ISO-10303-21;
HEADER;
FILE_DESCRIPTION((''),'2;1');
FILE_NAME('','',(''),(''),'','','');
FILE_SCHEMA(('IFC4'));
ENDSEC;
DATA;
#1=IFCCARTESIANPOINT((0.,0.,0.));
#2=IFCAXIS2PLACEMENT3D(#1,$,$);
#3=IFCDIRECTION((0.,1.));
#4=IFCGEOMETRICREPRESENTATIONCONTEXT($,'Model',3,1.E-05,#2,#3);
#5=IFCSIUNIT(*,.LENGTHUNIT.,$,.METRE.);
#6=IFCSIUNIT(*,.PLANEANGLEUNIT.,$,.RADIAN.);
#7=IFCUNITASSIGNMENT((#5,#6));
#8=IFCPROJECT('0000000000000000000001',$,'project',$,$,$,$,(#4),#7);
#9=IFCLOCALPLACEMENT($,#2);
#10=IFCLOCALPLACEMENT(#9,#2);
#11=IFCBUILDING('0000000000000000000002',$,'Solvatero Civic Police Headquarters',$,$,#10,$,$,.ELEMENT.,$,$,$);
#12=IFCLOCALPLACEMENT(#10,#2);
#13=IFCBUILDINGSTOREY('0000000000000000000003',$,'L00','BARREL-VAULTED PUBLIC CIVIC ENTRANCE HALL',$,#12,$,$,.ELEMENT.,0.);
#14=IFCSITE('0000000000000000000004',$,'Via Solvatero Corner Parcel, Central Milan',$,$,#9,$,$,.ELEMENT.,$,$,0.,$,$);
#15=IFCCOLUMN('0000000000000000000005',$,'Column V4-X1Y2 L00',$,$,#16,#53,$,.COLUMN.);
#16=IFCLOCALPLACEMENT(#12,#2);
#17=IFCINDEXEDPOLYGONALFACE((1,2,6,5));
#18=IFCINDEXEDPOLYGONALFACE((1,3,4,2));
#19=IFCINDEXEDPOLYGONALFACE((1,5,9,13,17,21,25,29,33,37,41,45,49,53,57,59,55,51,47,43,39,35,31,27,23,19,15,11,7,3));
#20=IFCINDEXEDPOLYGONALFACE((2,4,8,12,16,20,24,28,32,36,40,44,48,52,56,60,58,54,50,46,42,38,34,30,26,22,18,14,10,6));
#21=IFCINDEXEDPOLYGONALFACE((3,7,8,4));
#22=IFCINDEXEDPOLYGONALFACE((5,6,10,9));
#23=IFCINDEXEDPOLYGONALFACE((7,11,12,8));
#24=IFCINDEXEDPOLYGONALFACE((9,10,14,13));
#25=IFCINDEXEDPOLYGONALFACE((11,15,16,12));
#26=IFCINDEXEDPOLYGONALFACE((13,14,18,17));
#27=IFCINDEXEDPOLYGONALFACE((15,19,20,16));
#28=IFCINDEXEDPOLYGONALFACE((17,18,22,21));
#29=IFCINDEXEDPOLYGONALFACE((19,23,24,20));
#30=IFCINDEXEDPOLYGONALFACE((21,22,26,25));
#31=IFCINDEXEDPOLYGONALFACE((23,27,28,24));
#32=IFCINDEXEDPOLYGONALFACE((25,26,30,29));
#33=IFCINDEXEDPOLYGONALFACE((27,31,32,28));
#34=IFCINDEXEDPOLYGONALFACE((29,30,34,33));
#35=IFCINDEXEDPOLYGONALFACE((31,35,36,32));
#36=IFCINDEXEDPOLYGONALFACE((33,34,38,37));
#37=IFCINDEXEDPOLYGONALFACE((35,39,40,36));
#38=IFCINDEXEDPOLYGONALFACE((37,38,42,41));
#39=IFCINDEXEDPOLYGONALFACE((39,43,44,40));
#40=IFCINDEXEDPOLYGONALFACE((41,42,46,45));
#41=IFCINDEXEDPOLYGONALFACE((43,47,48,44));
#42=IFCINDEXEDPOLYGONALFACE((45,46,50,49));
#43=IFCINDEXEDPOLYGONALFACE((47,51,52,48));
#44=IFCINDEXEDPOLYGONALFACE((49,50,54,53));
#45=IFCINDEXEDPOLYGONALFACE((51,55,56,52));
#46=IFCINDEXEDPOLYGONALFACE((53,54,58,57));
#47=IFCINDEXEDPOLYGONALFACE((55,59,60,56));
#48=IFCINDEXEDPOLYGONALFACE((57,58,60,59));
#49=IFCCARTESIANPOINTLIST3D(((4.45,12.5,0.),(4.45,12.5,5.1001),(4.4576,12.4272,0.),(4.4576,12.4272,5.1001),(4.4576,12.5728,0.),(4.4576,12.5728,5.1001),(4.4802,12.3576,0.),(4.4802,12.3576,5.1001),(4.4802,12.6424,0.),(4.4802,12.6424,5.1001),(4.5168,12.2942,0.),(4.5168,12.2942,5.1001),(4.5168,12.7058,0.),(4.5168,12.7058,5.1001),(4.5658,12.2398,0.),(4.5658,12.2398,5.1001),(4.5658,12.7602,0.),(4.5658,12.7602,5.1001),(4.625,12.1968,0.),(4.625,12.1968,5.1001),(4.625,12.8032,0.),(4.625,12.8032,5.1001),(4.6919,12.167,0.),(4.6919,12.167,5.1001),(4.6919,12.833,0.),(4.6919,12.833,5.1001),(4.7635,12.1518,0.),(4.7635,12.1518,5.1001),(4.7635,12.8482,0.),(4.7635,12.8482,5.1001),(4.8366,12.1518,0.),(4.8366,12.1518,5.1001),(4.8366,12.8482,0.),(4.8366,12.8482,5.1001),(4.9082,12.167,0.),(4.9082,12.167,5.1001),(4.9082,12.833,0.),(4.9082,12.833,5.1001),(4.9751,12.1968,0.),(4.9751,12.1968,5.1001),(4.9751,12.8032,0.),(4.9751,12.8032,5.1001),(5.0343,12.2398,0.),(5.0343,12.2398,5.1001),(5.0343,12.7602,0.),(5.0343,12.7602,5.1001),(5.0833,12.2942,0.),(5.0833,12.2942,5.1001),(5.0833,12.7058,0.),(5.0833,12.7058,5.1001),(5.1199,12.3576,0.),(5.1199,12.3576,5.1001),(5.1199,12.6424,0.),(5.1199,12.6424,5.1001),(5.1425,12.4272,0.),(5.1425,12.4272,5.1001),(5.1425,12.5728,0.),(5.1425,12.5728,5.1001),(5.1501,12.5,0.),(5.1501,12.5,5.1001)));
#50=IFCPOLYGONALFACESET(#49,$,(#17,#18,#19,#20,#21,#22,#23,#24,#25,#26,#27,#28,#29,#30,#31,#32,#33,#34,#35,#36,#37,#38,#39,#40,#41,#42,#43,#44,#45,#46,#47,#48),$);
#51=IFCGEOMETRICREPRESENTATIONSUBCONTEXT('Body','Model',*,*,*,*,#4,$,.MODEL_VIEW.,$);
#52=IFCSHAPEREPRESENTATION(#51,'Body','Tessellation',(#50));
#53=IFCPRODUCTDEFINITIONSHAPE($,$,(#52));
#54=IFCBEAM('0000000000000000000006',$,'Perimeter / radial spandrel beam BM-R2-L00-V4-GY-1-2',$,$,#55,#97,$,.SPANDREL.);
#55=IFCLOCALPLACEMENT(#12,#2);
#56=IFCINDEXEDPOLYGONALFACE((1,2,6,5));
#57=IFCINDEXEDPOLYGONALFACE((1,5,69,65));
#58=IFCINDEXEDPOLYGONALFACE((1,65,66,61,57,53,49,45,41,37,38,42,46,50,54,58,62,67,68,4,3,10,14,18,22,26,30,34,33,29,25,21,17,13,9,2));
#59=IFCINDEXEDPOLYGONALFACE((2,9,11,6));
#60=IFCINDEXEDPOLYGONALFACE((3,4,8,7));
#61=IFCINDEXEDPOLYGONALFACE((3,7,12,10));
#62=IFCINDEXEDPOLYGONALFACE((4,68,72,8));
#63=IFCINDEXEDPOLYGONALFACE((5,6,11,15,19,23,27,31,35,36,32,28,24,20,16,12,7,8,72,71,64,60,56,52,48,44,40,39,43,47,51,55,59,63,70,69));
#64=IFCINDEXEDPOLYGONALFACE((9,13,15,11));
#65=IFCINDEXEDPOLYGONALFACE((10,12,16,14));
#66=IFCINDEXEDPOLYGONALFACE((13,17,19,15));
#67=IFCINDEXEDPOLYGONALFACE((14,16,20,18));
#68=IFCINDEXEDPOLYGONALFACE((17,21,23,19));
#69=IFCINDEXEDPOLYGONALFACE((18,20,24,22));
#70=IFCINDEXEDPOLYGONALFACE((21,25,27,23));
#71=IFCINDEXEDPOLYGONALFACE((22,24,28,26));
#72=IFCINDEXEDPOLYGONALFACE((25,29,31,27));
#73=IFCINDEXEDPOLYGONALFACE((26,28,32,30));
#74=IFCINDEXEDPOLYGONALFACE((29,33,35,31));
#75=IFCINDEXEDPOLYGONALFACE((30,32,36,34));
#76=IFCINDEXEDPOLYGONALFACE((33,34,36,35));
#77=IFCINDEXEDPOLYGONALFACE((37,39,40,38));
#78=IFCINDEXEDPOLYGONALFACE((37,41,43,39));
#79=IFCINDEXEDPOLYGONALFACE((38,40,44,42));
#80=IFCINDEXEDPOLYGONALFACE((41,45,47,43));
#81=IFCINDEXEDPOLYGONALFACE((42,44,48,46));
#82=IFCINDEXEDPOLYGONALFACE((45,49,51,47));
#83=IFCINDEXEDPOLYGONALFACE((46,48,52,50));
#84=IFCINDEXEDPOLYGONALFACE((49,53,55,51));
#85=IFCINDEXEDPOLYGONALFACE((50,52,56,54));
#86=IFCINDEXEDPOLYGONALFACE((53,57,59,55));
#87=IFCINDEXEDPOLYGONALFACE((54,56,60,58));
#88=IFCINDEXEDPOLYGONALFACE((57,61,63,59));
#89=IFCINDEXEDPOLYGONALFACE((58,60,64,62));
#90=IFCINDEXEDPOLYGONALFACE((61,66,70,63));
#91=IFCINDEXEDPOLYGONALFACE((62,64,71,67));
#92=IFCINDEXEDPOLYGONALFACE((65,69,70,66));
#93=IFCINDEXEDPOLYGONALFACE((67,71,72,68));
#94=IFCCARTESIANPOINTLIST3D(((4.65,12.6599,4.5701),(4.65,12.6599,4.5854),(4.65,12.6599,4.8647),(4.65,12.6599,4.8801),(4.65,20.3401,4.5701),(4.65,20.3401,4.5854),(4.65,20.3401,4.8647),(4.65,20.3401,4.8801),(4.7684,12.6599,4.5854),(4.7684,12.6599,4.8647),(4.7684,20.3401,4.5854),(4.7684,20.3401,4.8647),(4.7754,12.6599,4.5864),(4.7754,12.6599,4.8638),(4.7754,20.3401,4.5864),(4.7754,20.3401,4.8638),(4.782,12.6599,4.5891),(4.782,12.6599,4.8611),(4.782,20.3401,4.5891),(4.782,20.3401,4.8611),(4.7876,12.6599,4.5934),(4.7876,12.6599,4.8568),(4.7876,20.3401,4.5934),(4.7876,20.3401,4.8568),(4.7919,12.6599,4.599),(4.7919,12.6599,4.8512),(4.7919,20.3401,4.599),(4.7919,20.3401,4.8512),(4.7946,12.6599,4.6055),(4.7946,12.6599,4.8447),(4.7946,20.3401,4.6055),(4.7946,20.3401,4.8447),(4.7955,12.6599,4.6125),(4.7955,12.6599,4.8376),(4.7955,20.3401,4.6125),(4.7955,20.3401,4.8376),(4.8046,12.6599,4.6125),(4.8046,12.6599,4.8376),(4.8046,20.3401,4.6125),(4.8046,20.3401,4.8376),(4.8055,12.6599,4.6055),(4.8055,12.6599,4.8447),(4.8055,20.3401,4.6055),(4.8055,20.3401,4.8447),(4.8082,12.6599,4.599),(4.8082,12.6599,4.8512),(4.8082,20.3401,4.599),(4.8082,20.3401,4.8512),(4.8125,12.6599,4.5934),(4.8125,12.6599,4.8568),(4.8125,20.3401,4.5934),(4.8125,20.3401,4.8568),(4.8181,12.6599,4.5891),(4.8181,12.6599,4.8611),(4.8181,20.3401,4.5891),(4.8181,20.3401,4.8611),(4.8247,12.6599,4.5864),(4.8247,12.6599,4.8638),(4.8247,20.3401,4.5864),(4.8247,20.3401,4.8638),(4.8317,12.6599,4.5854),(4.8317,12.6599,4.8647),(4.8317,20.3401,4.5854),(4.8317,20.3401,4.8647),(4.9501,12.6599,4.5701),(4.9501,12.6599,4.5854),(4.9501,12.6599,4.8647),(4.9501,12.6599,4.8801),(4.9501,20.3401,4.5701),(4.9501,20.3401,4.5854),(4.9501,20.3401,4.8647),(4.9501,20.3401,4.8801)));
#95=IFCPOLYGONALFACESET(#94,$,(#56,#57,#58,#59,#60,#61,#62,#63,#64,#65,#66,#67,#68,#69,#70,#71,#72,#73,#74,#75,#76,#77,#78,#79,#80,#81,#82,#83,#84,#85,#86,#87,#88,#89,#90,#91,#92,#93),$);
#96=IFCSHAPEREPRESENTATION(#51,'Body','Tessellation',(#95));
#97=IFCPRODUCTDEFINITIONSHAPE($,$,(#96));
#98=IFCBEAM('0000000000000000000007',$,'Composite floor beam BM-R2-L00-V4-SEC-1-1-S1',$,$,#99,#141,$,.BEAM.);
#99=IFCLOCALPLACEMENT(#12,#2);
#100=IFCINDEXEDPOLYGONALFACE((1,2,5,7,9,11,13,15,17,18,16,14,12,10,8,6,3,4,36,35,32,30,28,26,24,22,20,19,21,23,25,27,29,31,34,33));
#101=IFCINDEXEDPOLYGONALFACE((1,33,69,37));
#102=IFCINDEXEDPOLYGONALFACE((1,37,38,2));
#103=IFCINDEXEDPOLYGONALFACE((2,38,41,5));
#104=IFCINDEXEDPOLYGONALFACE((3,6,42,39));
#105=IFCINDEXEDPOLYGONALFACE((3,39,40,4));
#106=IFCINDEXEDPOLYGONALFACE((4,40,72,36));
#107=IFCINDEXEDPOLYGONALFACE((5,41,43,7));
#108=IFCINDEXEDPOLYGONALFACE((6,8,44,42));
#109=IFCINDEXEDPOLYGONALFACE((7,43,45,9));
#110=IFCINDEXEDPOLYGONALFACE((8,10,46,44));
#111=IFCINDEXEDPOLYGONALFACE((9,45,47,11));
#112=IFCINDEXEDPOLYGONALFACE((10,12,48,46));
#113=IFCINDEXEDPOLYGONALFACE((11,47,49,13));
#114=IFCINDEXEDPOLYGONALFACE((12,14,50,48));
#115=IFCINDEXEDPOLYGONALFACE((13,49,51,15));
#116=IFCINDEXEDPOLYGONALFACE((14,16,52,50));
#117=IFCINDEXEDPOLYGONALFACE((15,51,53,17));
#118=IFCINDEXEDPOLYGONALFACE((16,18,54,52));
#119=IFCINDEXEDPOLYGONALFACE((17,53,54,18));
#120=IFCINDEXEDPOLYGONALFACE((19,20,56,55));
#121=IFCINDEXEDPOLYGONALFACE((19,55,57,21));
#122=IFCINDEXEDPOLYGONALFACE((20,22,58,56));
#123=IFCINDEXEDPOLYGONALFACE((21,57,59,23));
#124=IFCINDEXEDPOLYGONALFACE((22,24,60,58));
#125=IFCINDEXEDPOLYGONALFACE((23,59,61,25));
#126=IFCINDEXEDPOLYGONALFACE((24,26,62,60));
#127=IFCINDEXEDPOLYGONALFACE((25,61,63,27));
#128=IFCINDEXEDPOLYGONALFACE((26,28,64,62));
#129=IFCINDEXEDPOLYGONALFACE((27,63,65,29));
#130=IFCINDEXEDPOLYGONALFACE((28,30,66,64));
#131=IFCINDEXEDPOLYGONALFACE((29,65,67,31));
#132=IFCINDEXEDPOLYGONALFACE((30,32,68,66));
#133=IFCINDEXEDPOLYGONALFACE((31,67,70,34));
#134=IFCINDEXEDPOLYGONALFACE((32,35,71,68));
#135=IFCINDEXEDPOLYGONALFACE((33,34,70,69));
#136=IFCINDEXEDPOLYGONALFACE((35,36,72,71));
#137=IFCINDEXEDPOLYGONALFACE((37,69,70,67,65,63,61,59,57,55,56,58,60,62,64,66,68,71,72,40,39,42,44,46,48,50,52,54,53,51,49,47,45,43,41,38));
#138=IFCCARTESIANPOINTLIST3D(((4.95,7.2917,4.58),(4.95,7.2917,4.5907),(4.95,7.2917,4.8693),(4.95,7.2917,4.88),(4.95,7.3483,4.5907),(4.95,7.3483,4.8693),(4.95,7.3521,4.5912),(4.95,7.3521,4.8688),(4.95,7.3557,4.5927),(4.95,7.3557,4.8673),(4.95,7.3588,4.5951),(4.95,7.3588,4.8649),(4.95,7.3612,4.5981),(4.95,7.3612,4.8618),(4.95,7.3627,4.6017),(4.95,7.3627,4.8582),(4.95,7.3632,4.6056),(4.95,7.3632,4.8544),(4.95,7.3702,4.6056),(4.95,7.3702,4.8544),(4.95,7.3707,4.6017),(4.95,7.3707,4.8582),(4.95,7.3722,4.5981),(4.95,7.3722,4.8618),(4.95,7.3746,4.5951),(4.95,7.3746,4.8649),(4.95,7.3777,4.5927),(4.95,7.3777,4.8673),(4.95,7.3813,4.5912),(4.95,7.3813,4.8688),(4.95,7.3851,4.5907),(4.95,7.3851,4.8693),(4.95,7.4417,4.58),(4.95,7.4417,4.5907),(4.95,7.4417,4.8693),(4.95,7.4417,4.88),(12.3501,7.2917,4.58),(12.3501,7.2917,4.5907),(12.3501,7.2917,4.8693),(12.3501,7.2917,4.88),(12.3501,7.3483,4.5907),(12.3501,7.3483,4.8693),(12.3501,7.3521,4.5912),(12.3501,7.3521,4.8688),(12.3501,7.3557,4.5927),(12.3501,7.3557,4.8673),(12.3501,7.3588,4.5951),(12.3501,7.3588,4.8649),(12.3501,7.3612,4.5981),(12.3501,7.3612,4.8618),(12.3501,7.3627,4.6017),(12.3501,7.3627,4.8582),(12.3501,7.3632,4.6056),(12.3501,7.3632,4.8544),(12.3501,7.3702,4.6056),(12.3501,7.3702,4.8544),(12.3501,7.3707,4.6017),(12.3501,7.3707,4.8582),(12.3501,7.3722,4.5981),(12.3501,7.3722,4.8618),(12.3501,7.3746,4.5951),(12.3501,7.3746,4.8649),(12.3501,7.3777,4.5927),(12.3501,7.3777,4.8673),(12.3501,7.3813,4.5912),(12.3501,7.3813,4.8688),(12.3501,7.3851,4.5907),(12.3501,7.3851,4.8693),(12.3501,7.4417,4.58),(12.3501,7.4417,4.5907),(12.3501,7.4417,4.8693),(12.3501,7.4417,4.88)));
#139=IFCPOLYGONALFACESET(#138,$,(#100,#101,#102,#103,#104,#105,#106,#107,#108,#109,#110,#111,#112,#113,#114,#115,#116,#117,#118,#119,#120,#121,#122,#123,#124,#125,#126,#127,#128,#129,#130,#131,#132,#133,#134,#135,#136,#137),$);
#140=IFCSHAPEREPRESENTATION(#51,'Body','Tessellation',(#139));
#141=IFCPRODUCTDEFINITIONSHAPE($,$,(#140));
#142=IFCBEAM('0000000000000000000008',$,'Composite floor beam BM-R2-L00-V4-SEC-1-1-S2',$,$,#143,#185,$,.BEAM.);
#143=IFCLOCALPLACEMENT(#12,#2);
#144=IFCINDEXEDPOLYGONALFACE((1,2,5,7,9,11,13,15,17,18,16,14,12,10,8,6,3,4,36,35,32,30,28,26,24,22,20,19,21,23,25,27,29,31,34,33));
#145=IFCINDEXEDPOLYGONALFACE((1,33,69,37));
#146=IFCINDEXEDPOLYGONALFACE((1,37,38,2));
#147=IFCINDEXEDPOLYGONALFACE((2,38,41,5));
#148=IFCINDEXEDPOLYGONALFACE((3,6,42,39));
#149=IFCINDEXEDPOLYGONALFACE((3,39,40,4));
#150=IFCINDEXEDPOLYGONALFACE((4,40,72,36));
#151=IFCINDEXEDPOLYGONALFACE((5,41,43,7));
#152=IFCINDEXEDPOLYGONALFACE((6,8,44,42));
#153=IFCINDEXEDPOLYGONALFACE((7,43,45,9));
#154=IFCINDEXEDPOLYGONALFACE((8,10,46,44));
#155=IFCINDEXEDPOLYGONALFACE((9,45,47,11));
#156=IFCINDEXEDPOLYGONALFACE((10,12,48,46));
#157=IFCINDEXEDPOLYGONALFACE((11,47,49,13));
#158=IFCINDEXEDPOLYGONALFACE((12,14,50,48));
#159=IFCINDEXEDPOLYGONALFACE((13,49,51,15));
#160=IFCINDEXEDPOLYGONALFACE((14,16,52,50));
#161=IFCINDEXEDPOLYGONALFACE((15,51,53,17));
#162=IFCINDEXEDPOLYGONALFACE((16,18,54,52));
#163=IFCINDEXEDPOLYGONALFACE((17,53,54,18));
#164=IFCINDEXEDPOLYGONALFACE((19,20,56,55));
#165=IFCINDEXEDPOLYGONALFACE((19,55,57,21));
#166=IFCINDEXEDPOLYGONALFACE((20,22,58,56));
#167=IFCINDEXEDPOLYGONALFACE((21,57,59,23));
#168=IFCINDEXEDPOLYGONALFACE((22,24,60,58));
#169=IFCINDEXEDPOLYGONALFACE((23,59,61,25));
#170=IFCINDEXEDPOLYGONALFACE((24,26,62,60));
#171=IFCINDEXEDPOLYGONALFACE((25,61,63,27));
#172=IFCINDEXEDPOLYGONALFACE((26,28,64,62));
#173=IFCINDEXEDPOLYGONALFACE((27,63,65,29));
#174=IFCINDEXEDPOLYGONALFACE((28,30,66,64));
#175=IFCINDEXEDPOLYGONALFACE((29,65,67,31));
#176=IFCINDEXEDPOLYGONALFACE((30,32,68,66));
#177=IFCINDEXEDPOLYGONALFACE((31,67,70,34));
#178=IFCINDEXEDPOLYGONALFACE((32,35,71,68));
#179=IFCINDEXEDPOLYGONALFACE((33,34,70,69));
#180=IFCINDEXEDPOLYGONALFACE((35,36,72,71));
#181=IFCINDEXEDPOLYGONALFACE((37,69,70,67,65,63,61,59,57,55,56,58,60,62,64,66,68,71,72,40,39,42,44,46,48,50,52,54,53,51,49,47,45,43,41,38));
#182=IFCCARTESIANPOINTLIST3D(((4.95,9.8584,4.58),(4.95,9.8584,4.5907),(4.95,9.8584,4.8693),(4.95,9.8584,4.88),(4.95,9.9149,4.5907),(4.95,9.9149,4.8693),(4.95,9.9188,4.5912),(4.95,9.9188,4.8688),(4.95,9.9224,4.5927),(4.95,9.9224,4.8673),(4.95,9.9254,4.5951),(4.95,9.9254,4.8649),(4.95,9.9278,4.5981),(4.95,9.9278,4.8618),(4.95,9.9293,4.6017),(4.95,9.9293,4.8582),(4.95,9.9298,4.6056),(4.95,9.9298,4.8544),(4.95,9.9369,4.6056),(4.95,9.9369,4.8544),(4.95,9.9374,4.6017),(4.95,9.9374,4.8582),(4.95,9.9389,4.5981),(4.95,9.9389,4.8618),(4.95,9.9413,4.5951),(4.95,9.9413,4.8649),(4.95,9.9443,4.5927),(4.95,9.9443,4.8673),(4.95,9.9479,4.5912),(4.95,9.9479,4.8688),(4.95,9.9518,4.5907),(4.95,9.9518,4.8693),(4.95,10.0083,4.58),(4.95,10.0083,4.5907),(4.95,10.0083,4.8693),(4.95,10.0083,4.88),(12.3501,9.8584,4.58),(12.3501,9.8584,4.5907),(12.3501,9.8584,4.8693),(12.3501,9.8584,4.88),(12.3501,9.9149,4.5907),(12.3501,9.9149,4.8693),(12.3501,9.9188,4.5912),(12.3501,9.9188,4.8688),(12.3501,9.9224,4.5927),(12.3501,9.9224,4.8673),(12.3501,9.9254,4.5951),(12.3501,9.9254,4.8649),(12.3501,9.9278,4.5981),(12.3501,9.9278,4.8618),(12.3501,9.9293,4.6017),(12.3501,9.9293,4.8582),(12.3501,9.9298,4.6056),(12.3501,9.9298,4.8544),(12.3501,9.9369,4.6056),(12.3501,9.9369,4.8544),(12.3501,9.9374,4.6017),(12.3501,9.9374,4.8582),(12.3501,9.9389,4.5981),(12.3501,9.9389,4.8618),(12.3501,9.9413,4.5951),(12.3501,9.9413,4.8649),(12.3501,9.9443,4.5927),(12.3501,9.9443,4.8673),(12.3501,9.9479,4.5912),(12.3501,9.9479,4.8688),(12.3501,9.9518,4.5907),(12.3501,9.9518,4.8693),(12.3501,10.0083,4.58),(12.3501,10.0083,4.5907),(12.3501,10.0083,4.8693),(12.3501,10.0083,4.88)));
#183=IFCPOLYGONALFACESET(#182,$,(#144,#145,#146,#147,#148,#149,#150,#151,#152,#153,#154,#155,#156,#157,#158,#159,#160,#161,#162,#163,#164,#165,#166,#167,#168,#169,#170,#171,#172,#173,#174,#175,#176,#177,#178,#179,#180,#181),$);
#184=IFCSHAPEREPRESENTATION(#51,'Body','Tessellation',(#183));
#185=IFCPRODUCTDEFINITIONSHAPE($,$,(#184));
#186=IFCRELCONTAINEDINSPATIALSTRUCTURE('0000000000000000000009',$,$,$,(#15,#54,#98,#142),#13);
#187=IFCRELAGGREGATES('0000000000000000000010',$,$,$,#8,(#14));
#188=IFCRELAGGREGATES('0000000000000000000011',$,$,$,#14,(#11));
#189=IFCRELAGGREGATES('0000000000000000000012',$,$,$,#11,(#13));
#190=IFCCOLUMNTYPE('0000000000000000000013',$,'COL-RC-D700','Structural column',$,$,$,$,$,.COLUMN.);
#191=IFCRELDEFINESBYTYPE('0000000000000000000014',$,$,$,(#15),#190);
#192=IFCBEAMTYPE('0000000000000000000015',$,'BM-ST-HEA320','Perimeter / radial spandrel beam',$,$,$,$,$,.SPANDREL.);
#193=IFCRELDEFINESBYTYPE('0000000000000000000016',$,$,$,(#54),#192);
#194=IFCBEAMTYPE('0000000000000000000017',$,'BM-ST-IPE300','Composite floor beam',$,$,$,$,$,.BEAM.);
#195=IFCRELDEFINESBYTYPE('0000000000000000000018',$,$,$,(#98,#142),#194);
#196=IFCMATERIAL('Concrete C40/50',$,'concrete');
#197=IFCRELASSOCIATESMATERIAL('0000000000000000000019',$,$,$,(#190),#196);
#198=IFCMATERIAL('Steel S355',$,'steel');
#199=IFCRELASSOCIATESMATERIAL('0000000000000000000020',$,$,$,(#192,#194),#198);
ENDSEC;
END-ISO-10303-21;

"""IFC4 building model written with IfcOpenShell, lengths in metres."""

from ifc_helpers import new_model, si_unit, direction, frame, origin, origin_2d, place, context, subcontext, project, spatial, circle, i_section, extrude, material, material_profile, profile_set, type_object, element, save


model = new_model("IFC4")

# Units and contexts
model_context = context("Model", 3, precision=1e-05, world=origin(), true_north=direction((0.0, 1.0)))
body_context = subcontext(model_context, "Body", "Model", "MODEL_VIEW")
ifc_project = project(units=[si_unit("LENGTHUNIT", "METRE"), si_unit("PLANEANGLEUNIT", "RADIAN")], contexts=[model_context])

# Site, building, storey
site_placement = place(None, origin())
site = spatial("IfcSite", under=ifc_project, at=site_placement, Name="Via Solvatero Corner Parcel, Central Milan", CompositionType="ELEMENT", RefElevation=0.0)
building_placement = place(site_placement, origin())
building = spatial("IfcBuilding", under=site, at=building_placement, Name="Solvatero Civic Police Headquarters", CompositionType="ELEMENT")
storey_placement = place(building_placement, origin())
storey = spatial("IfcBuildingStorey", under=building, at=storey_placement, Name="L00", Description="BARREL-VAULTED PUBLIC CIVIC ENTRANCE HALL", CompositionType="ELEMENT", Elevation=0.0)

# Column
ifc_material_1 = material(Name="Concrete C40/50", Category="concrete")
ifc_material_profile_1 = material_profile(ifc_material_1, circle(Radius=0.3501, at=origin_2d()), Name="RC COL D700")
ifc_profile_set_1 = profile_set([ifc_material_profile_1], Name="Concrete C40/50")
column_type = type_object("IfcColumnType", Name="COL-RC-D700", Description="Structural column", PredefinedType="COLUMN", material=ifc_profile_set_1)
column_placement = place(storey_placement, frame((4.8, 12.5, 0.0), z_axis=(0.0, 0.0, 1.0), x_axis=(1.0, 0.0, 0.0)))
element("IfcColumn", 1, at=column_placement, inside=storey, type_object=column_type, Name="Column V4-X1Y2 L00", PredefinedType="COLUMN", context=body_context, shape_type="SweptSolid", body=[
    extrude(circle(Radius=0.3501, at=origin_2d()), origin(), (0.0, 0.0, 1.0), 5.1001),
])

# Beams
ifc_material_2 = material(Name="Steel S355", Category="steel")
ifc_material_profile_2 = material_profile(ifc_material_2, i_section(OverallWidth=0.3, OverallDepth=0.3101, WebThickness=0.009, FlangeThickness=0.0154, FilletRadius=0.0271, at=origin_2d()), Name="HEA 320")
ifc_profile_set_2 = profile_set([ifc_material_profile_2], Name="Steel S355")
beam_type_1 = type_object("IfcBeamType", Name="BM-ST-HEA320", Description="Perimeter / radial spandrel beam", PredefinedType="SPANDREL", material=ifc_profile_set_2)
beam_1_placement = place(storey_placement, frame((4.8, 12.6599, 4.7251), z_axis=(0.0, 1.0, 0.0), x_axis=(-1.0, 0.0, 0.0)))
element("IfcBeam", 2, at=beam_1_placement, inside=storey, type_object=beam_type_1, Name="Perimeter / radial spandrel beam BM-R2-L00-V4-GY-1-2", PredefinedType="SPANDREL", context=body_context, shape_type="SweptSolid", body=[
    extrude(i_section(OverallWidth=0.3, OverallDepth=0.3101, WebThickness=0.009, FlangeThickness=0.0154, FilletRadius=0.0271, at=origin_2d()), origin(), (0.0, 0.0, 1.0), 7.6802),
])
ifc_material_profile_3 = material_profile(ifc_material_2, i_section(OverallWidth=0.1499, OverallDepth=0.3, WebThickness=0.0071, FlangeThickness=0.0107, FilletRadius=0.0149, at=origin_2d()), Name="IPE 300")
ifc_profile_set_3 = profile_set([ifc_material_profile_3], Name="Steel S355")
beam_type_2 = type_object("IfcBeamType", Name="BM-ST-IPE300", Description="Composite floor beam", PredefinedType="BEAM", material=ifc_profile_set_3)
for number, where, z_axis, x_axis, name in (
    (3, (4.95, 7.3667, 4.73), (1.0, 0.0, 0.0), (0.0, 1.0, 0.0), "Composite floor beam BM-R2-L00-V4-SEC-1-1-S1"),
    (4, (4.95, 9.9333, 4.73), (1.0, 0.0, 0.0), (0.0, 1.0, 0.0), "Composite floor beam BM-R2-L00-V4-SEC-1-1-S2"),
):
    element("IfcBeam", number, at=place(storey_placement, frame(where, z_axis=z_axis, x_axis=x_axis)), inside=storey, type_object=beam_type_2, Name=name, PredefinedType="BEAM", context=body_context, shape_type="SweptSolid", body=[
        extrude(i_section(OverallWidth=0.1499, OverallDepth=0.3, WebThickness=0.0071, FlangeThickness=0.0107, FilletRadius=0.0149, at=origin_2d()), origin(), (0.0, 0.0, 1.0), 7.4001),
    ])

save(model, "model.ifc")
